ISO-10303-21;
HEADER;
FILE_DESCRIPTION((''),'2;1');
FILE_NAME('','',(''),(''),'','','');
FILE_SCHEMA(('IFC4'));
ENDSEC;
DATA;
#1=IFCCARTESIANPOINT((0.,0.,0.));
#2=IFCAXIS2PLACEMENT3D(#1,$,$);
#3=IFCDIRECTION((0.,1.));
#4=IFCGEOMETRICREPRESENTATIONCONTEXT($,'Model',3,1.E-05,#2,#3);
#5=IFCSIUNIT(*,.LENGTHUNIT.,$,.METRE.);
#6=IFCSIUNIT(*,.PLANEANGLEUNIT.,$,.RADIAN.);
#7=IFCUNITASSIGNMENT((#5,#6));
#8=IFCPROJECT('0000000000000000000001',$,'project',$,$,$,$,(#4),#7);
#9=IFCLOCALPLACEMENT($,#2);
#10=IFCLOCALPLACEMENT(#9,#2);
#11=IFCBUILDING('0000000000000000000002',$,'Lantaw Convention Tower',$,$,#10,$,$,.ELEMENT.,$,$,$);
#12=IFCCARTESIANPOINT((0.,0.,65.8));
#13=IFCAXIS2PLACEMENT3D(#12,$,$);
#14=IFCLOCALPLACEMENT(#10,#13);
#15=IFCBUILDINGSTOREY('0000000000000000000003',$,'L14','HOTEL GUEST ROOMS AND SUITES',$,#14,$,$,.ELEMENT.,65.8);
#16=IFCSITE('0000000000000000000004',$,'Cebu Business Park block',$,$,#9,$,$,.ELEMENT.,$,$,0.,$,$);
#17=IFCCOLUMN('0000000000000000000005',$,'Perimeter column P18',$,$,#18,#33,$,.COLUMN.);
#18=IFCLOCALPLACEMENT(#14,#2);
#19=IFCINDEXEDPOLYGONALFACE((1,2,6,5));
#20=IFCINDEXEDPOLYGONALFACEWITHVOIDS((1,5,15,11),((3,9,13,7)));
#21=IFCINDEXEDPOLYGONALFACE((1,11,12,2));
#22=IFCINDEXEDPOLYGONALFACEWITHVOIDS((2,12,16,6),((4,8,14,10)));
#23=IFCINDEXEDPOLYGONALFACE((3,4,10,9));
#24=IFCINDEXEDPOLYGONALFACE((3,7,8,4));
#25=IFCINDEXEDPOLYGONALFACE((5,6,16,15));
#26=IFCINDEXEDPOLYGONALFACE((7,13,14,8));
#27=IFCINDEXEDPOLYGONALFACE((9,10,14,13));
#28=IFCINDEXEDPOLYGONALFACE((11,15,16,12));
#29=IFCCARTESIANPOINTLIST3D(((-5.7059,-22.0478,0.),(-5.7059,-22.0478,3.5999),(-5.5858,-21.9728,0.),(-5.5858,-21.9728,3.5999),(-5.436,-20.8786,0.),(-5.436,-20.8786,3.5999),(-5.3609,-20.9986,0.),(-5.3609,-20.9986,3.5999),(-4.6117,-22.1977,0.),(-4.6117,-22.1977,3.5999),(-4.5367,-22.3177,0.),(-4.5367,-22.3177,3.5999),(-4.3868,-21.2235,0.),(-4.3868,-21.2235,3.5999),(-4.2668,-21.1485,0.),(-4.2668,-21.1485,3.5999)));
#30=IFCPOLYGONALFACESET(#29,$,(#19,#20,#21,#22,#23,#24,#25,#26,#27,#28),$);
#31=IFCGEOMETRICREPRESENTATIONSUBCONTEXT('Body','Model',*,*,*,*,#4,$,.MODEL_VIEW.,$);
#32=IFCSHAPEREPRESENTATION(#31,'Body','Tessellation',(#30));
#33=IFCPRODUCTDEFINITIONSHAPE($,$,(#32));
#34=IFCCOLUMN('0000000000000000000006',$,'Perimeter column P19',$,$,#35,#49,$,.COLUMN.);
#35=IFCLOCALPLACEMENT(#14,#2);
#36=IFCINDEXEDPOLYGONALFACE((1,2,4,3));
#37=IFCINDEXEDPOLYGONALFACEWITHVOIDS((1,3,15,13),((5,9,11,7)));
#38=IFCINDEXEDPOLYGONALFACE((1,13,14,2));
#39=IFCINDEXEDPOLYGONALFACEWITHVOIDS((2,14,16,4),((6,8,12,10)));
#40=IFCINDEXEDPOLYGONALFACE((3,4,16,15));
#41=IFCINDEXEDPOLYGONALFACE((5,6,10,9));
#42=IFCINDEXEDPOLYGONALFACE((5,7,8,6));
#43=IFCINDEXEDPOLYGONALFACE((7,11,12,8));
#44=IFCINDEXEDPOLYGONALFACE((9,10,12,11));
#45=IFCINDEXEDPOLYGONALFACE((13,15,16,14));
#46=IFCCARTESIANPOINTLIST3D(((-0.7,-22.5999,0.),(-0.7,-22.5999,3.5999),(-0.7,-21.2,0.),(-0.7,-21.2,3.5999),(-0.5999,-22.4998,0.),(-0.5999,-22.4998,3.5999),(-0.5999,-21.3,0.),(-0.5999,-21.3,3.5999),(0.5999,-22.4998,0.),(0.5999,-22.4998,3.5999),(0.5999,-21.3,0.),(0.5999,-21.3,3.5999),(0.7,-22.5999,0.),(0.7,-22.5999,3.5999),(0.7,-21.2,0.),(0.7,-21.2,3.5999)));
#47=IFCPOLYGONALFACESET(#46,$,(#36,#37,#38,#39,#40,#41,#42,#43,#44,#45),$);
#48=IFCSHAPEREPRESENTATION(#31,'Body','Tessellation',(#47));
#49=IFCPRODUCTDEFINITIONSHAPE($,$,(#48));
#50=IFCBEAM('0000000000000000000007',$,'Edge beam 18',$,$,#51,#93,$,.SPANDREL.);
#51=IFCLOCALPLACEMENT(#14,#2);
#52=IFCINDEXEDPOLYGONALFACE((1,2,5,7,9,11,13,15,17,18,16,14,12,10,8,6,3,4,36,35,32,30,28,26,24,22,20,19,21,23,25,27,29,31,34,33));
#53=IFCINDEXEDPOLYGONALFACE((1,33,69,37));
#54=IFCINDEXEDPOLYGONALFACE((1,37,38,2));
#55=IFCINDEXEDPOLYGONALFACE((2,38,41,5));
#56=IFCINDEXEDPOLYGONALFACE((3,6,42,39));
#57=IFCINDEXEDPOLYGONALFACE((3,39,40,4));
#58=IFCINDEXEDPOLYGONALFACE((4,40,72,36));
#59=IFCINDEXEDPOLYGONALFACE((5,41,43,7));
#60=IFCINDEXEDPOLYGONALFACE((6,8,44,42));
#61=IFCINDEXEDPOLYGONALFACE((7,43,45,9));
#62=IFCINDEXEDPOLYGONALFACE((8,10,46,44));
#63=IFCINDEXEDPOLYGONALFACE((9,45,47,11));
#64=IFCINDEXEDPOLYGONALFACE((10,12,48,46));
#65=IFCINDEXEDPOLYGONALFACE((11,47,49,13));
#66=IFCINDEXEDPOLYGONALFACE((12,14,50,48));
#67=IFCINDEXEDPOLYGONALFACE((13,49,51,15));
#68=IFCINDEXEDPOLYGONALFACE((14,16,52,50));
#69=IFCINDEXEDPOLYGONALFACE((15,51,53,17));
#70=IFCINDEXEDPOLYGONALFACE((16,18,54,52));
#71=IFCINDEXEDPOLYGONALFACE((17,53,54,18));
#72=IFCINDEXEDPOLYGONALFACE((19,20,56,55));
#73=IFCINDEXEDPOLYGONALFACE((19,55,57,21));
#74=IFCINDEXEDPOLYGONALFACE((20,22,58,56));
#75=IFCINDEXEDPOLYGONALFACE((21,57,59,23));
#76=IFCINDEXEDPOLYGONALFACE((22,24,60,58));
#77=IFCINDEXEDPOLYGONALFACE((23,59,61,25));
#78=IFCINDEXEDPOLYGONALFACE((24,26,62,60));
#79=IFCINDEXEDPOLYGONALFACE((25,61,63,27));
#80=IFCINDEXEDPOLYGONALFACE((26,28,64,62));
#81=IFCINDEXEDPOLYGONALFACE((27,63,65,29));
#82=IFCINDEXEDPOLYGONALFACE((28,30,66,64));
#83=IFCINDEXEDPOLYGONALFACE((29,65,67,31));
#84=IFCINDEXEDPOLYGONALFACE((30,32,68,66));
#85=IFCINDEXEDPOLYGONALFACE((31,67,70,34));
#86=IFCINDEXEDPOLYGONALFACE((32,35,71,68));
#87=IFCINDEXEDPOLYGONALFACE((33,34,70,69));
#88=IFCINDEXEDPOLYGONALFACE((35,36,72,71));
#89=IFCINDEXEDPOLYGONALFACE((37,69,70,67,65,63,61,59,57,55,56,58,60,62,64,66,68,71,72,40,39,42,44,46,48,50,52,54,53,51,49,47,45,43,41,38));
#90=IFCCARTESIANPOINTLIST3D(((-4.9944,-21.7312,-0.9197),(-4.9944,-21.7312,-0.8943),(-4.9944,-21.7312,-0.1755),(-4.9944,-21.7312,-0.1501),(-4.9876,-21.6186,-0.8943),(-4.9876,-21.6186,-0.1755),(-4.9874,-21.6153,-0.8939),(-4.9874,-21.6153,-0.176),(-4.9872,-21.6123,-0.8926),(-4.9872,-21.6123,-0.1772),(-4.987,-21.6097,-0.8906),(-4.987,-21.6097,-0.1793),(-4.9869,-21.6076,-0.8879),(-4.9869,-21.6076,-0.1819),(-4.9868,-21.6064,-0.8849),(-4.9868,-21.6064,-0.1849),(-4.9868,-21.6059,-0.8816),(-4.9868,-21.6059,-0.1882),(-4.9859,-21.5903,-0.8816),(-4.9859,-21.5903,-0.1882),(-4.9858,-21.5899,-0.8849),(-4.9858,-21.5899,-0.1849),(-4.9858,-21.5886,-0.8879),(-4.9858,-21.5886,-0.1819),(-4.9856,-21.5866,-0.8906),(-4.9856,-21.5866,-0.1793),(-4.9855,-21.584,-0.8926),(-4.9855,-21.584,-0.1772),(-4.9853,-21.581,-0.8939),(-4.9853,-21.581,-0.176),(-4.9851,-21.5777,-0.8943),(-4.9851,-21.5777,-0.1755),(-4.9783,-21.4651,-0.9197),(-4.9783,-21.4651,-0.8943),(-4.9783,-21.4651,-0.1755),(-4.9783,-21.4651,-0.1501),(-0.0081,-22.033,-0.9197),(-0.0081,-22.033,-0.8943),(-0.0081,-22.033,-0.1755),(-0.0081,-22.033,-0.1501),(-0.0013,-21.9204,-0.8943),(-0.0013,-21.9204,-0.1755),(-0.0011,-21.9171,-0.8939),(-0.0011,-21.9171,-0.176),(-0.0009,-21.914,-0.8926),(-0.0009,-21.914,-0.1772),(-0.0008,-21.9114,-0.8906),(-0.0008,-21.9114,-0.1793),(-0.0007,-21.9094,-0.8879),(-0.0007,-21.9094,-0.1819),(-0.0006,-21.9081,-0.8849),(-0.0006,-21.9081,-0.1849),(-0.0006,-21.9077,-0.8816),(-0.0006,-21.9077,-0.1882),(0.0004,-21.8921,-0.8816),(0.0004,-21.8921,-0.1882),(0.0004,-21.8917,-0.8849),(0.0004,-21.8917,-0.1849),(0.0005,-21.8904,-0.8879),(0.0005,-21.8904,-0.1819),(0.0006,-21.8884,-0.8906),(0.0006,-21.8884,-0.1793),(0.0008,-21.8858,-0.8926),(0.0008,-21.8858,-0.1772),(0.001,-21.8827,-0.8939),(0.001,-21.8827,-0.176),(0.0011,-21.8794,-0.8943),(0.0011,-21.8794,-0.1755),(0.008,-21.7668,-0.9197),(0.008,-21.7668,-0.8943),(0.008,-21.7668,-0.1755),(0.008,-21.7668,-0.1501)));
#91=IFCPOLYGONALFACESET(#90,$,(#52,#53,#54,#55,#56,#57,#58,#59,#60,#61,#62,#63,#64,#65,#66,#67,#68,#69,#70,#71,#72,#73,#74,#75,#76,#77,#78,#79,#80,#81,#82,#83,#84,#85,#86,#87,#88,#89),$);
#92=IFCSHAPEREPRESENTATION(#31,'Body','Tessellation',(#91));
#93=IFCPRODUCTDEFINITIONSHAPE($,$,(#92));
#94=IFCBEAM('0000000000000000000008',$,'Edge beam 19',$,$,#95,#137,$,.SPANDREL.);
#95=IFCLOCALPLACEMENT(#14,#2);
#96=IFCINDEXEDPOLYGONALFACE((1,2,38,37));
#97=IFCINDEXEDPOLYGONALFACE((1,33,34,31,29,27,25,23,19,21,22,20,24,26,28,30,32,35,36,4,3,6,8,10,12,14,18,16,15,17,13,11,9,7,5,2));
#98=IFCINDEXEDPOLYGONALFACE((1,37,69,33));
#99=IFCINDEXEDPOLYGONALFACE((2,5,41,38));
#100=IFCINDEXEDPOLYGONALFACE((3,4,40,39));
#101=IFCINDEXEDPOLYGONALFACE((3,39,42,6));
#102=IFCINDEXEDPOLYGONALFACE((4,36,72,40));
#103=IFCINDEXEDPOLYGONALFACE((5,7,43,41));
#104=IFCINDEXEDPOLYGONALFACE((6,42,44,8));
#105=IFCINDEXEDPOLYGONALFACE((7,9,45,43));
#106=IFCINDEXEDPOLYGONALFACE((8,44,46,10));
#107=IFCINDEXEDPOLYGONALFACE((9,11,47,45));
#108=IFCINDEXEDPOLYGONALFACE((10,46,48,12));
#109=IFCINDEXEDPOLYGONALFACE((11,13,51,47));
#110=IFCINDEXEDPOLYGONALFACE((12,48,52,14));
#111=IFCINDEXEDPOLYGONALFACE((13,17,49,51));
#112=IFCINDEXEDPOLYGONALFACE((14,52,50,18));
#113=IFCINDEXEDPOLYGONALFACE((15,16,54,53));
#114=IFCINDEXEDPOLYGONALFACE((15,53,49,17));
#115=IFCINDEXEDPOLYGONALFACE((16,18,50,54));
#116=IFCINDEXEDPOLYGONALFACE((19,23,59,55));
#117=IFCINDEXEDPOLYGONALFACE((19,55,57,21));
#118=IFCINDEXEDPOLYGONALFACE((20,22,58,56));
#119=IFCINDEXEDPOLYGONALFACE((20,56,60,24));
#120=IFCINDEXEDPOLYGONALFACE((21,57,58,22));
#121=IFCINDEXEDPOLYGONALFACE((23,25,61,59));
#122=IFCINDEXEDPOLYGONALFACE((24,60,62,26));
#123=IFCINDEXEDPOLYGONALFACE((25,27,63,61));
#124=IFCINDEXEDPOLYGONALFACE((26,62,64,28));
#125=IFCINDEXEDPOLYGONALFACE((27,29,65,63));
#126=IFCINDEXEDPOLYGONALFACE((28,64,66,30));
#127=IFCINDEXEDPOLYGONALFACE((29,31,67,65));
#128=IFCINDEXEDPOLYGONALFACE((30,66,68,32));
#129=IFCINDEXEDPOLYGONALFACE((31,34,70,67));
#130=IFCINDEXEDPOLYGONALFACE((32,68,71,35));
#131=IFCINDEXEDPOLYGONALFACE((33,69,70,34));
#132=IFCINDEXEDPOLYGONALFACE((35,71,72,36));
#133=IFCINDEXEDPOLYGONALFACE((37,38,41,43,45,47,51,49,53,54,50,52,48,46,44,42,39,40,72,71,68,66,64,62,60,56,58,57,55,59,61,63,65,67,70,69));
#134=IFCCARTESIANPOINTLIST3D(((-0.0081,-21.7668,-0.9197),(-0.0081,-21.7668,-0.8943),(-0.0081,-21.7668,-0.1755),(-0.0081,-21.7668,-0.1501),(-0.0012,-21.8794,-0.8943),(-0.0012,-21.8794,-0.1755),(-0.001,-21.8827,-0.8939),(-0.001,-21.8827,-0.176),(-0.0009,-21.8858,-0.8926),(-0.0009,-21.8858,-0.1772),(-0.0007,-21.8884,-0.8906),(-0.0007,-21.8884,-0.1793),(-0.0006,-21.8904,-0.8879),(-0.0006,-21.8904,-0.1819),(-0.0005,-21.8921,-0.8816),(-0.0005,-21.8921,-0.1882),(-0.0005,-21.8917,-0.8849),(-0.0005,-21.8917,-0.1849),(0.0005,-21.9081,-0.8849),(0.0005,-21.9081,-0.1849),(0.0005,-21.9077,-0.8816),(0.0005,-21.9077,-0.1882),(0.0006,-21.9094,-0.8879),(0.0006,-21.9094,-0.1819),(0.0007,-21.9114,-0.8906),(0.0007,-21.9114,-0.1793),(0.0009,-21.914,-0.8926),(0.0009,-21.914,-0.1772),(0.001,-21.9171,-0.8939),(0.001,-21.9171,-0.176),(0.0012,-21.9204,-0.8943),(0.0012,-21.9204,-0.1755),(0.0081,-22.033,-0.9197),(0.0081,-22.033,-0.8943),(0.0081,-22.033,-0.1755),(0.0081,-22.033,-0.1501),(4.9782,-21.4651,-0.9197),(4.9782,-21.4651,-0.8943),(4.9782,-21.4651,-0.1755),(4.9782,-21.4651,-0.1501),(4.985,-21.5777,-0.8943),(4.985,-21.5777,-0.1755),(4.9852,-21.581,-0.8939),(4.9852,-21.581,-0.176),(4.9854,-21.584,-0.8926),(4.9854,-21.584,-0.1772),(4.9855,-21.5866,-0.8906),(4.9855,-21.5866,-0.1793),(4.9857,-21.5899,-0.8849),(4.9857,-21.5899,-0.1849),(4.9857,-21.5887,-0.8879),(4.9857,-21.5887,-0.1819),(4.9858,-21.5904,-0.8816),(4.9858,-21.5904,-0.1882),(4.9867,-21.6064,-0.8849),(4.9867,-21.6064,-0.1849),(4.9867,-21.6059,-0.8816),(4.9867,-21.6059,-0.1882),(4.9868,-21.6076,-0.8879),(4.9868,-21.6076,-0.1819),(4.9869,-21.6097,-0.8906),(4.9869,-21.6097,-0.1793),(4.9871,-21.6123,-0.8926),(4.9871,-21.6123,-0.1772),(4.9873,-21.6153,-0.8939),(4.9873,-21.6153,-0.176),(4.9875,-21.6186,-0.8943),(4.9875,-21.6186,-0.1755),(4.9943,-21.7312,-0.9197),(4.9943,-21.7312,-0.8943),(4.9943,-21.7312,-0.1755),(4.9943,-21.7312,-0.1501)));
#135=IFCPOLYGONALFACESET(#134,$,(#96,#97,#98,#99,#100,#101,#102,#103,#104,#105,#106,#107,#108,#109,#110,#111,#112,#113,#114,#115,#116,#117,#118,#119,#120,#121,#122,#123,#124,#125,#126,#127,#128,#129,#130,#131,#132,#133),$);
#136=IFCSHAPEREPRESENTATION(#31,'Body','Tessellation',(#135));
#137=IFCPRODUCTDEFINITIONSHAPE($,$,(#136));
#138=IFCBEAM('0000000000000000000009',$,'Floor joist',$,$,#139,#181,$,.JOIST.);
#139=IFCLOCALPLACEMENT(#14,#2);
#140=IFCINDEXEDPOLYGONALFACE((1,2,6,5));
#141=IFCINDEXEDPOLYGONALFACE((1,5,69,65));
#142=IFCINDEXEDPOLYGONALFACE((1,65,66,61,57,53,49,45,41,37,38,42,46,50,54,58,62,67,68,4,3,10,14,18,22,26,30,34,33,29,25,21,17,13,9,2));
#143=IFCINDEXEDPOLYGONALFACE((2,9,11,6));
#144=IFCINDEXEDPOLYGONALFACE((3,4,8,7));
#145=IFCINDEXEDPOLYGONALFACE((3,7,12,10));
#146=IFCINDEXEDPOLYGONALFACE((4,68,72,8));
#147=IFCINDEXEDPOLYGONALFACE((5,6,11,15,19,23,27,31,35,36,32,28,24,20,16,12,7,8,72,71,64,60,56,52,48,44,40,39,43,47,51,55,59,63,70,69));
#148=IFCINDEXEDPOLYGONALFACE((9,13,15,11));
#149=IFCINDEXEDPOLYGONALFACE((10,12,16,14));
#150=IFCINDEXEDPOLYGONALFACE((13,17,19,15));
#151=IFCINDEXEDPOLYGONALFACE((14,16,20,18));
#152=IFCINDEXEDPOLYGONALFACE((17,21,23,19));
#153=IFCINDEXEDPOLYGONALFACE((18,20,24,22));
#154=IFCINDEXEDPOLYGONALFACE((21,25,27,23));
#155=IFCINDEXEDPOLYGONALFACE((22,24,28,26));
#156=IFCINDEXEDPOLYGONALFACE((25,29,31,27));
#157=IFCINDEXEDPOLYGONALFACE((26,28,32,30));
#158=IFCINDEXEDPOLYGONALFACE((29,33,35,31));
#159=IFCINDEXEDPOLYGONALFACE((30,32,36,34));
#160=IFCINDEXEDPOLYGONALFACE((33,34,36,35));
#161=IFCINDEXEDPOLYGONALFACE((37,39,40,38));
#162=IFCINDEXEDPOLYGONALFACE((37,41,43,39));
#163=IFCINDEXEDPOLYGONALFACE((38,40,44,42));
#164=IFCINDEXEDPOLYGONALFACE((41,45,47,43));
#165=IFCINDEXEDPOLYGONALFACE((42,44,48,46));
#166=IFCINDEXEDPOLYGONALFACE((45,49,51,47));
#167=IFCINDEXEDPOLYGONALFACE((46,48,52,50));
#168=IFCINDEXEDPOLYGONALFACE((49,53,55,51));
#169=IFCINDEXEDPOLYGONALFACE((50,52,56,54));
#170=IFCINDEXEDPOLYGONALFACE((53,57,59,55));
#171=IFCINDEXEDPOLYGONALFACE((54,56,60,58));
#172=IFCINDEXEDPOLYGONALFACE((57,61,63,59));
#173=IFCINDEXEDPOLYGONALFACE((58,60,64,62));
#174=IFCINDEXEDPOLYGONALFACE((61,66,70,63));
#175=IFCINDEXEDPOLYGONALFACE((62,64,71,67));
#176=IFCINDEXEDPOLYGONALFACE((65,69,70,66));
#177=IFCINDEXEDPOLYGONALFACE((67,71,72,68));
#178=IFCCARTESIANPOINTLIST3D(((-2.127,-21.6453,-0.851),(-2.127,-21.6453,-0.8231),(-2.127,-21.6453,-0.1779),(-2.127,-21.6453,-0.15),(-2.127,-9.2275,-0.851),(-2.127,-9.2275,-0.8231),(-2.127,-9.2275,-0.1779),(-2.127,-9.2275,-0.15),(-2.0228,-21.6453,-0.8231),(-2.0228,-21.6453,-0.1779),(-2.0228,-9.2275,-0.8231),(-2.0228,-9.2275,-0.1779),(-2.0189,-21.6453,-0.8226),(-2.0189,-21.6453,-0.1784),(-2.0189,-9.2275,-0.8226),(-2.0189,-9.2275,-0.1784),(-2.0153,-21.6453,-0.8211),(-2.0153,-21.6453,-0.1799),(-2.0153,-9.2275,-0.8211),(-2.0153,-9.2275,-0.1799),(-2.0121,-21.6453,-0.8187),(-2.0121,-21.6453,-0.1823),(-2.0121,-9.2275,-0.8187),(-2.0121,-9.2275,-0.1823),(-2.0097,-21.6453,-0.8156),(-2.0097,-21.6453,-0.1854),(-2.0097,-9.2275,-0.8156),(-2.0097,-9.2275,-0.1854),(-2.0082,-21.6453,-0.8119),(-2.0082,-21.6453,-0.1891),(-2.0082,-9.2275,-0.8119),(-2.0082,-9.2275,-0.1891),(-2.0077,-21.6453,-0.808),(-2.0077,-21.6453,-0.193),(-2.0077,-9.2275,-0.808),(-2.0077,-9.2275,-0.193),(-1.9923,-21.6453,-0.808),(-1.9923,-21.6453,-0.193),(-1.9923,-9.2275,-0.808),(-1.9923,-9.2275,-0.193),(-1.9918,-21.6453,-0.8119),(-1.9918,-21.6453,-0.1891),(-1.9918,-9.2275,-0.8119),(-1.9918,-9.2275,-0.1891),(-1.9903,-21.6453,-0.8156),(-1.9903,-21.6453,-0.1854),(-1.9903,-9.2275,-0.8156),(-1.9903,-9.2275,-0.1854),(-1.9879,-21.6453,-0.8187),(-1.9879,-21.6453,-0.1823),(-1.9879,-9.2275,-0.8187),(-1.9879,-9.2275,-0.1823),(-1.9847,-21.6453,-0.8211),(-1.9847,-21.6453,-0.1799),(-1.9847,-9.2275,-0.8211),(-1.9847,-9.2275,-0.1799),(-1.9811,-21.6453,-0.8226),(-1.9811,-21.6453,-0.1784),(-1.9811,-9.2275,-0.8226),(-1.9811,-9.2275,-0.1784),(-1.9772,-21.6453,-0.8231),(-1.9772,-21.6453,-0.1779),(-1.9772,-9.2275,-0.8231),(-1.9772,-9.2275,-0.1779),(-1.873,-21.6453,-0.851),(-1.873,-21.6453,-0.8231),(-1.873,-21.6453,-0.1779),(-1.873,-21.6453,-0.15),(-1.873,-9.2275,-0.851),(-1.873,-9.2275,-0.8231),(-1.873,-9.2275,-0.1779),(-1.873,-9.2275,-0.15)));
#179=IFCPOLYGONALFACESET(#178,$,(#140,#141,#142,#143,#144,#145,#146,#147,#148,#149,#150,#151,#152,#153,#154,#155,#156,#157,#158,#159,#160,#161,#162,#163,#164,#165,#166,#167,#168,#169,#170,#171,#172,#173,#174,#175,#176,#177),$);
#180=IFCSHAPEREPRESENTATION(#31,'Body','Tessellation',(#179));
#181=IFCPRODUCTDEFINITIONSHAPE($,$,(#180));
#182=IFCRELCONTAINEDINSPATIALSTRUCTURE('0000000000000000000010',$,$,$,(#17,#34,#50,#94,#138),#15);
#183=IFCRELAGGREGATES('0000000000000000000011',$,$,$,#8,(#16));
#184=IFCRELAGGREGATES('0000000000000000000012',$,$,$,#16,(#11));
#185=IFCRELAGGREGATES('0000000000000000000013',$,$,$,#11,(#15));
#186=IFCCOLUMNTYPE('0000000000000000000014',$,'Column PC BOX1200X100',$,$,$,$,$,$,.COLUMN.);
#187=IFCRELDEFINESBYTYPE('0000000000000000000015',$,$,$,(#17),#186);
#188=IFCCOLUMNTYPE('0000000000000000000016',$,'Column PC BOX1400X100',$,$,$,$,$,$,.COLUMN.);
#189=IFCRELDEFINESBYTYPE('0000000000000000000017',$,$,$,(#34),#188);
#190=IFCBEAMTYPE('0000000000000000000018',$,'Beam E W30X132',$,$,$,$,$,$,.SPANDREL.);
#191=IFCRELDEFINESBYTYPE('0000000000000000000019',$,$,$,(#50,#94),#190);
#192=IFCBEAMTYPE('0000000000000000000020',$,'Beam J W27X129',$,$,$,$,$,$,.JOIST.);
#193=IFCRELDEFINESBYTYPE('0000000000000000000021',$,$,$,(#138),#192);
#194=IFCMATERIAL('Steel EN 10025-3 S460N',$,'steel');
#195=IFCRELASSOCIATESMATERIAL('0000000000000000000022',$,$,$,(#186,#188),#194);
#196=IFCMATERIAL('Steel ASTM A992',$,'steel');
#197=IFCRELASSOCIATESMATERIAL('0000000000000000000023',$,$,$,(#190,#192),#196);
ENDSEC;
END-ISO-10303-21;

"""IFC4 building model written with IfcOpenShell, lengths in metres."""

from ifc_helpers import new_model, si_unit, direction, frame, origin, origin_2d, place, context, subcontext, project, spatial, rectangle, hollow_rectangle, i_section, extrude, material, material_profile, profile_set, type_object, element, save


model = new_model("IFC4")

# Units and contexts
model_context = context("Model", 3, precision=1e-05, world=origin(), true_north=direction((0.0, 1.0)))
body_context = subcontext(model_context, "Body", "Model", "MODEL_VIEW")
ifc_project = project(units=[si_unit("LENGTHUNIT", "METRE"), si_unit("PLANEANGLEUNIT", "RADIAN")], contexts=[model_context])

# Site, building, storey
site_placement = place(None, origin())
site = spatial("IfcSite", under=ifc_project, at=site_placement, Name="Cebu Business Park block", CompositionType="ELEMENT", RefElevation=0.0)
building_placement = place(site_placement, origin())
building = spatial("IfcBuilding", under=site, at=building_placement, Name="Lantaw Convention Tower", CompositionType="ELEMENT")
storey_placement = place(building_placement, frame((0.0, 0.0, 65.8)))
storey = spatial("IfcBuildingStorey", under=building, at=storey_placement, Name="L14", Description="HOTEL GUEST ROOMS AND SUITES", CompositionType="ELEMENT", Elevation=65.8)

# Columns
ifc_material_1 = material(Name="Steel EN 10025-3 S460N", Category="steel")
ifc_material_profile_1 = material_profile(ifc_material_1, hollow_rectangle(XDim=1.2, YDim=1.2, WallThickness=0.1001, at=origin_2d()), Name="BOX1200X100")
ifc_material_2 = material(Name="Concrete C60/75", Category="concrete")
ifc_material_profile_2 = material_profile(ifc_material_2, rectangle(XDim=1.0, YDim=1.0, at=origin_2d()), Name="Concrete fill of BOX1200X100")
ifc_profile_set_1 = profile_set([ifc_material_profile_1, ifc_material_profile_2], Name="Steel EN 10025-3 S460N")
column_type_1 = type_object("IfcColumnType", Name="Column PC BOX1200X100", PredefinedType="COLUMN", material=ifc_profile_set_1)
column_1_placement = place(storey_placement, frame((-4.9863, -21.5981, 0.0), z_axis=(0.0, 0.0, 1.0), x_axis=(0.224951, 0.97437, 0.0)))
element("IfcColumn", 1, at=column_1_placement, inside=storey, type_object=column_type_1, Name="Perimeter column P18", PredefinedType="COLUMN", context=body_context, shape_type="SweptSolid", body=[
    extrude(hollow_rectangle(XDim=1.2, YDim=1.2, WallThickness=0.1001, at=origin_2d()), origin(), (0.0, 0.0, 1.0), 3.5999),
])
ifc_material_profile_3 = material_profile(ifc_material_1, hollow_rectangle(XDim=1.3999, YDim=1.3999, WallThickness=0.1001, at=origin_2d()), Name="BOX1400X100")
ifc_material_profile_4 = material_profile(ifc_material_2, rectangle(XDim=1.2, YDim=1.2, at=origin_2d()), Name="Concrete fill of BOX1400X100")
ifc_profile_set_2 = profile_set([ifc_material_profile_3, ifc_material_profile_4], Name="Steel EN 10025-3 S460N")
column_type_2 = type_object("IfcColumnType", Name="Column PC BOX1400X100", PredefinedType="COLUMN", material=ifc_profile_set_2)
column_2_placement = place(storey_placement, frame((0.0, -21.8999, 0.0), z_axis=(0.0, 0.0, 1.0), x_axis=(1.0, 0.0, 0.0)))
element("IfcColumn", 2, at=column_2_placement, inside=storey, type_object=column_type_2, Name="Perimeter column P19", PredefinedType="COLUMN", context=body_context, shape_type="SweptSolid", body=[
    extrude(hollow_rectangle(XDim=1.3999, YDim=1.3999, WallThickness=0.1001, at=origin_2d()), origin(), (0.0, 0.0, 1.0), 3.5999),
])

# Beams
ifc_material_3 = material(Name="Steel ASTM A992", Category="steel")
ifc_material_profile_5 = material_profile(ifc_material_3, i_section(OverallWidth=0.2666, OverallDepth=0.7695, WebThickness=0.0156, FlangeThickness=0.0254, FilletRadius=0.0127, at=origin_2d()), Name="W30X132")
ifc_profile_set_3 = profile_set([ifc_material_profile_5], Name="Steel ASTM A992")
beam_type_1 = type_object("IfcBeamType", Name="Beam E W30X132", PredefinedType="SPANDREL", material=ifc_profile_set_3)
for number, where, z_axis, x_axis, name in (
    (3, (-4.9863, -21.5981, -0.5349), (0.998174, -0.060407, 0.0), (0.060407, 0.998174, 0.0), "Edge beam 18"),
    (4, (0.0, -21.8999, -0.5349), (0.998174, 0.060407, 0.0), (-0.060407, 0.998174, 0.0), "Edge beam 19"),
):
    element("IfcBeam", number, at=place(storey_placement, frame(where, z_axis=z_axis, x_axis=x_axis)), inside=storey, type_object=beam_type_1, Name=name, PredefinedType="SPANDREL", context=body_context, shape_type="SweptSolid", body=[
        extrude(i_section(OverallWidth=0.2666, OverallDepth=0.7695, WebThickness=0.0156, FlangeThickness=0.0254, FilletRadius=0.0127, at=origin_2d()), origin(), (0.0, 0.0, 1.0), 4.9954),
    ])
ifc_material_profile_6 = material_profile(ifc_material_3, i_section(OverallWidth=0.2539, OverallDepth=0.7009, WebThickness=0.0154, FlangeThickness=0.0278, FilletRadius=0.0151, at=origin_2d()), Name="W27X129")
ifc_profile_set_4 = profile_set([ifc_material_profile_6], Name="Steel ASTM A992")
beam_type_2 = type_object("IfcBeamType", Name="Beam J W27X129", PredefinedType="JOIST", material=ifc_profile_set_4)
beam_placement = place(storey_placement, frame((-2.0, -21.6453, -0.5005), z_axis=(0.0, 1.0, 0.0), x_axis=(-1.0, 0.0, 0.0)))
element("IfcBeam", 5, at=beam_placement, inside=storey, type_object=beam_type_2, Name="Floor joist", PredefinedType="JOIST", context=body_context, shape_type="SweptSolid", body=[
    extrude(i_section(OverallWidth=0.2539, OverallDepth=0.7009, WebThickness=0.0154, FlangeThickness=0.0278, FilletRadius=0.0151, at=origin_2d()), origin(), (0.0, 0.0, 1.0), 12.4177),
])

save(model, "model.ifc")
